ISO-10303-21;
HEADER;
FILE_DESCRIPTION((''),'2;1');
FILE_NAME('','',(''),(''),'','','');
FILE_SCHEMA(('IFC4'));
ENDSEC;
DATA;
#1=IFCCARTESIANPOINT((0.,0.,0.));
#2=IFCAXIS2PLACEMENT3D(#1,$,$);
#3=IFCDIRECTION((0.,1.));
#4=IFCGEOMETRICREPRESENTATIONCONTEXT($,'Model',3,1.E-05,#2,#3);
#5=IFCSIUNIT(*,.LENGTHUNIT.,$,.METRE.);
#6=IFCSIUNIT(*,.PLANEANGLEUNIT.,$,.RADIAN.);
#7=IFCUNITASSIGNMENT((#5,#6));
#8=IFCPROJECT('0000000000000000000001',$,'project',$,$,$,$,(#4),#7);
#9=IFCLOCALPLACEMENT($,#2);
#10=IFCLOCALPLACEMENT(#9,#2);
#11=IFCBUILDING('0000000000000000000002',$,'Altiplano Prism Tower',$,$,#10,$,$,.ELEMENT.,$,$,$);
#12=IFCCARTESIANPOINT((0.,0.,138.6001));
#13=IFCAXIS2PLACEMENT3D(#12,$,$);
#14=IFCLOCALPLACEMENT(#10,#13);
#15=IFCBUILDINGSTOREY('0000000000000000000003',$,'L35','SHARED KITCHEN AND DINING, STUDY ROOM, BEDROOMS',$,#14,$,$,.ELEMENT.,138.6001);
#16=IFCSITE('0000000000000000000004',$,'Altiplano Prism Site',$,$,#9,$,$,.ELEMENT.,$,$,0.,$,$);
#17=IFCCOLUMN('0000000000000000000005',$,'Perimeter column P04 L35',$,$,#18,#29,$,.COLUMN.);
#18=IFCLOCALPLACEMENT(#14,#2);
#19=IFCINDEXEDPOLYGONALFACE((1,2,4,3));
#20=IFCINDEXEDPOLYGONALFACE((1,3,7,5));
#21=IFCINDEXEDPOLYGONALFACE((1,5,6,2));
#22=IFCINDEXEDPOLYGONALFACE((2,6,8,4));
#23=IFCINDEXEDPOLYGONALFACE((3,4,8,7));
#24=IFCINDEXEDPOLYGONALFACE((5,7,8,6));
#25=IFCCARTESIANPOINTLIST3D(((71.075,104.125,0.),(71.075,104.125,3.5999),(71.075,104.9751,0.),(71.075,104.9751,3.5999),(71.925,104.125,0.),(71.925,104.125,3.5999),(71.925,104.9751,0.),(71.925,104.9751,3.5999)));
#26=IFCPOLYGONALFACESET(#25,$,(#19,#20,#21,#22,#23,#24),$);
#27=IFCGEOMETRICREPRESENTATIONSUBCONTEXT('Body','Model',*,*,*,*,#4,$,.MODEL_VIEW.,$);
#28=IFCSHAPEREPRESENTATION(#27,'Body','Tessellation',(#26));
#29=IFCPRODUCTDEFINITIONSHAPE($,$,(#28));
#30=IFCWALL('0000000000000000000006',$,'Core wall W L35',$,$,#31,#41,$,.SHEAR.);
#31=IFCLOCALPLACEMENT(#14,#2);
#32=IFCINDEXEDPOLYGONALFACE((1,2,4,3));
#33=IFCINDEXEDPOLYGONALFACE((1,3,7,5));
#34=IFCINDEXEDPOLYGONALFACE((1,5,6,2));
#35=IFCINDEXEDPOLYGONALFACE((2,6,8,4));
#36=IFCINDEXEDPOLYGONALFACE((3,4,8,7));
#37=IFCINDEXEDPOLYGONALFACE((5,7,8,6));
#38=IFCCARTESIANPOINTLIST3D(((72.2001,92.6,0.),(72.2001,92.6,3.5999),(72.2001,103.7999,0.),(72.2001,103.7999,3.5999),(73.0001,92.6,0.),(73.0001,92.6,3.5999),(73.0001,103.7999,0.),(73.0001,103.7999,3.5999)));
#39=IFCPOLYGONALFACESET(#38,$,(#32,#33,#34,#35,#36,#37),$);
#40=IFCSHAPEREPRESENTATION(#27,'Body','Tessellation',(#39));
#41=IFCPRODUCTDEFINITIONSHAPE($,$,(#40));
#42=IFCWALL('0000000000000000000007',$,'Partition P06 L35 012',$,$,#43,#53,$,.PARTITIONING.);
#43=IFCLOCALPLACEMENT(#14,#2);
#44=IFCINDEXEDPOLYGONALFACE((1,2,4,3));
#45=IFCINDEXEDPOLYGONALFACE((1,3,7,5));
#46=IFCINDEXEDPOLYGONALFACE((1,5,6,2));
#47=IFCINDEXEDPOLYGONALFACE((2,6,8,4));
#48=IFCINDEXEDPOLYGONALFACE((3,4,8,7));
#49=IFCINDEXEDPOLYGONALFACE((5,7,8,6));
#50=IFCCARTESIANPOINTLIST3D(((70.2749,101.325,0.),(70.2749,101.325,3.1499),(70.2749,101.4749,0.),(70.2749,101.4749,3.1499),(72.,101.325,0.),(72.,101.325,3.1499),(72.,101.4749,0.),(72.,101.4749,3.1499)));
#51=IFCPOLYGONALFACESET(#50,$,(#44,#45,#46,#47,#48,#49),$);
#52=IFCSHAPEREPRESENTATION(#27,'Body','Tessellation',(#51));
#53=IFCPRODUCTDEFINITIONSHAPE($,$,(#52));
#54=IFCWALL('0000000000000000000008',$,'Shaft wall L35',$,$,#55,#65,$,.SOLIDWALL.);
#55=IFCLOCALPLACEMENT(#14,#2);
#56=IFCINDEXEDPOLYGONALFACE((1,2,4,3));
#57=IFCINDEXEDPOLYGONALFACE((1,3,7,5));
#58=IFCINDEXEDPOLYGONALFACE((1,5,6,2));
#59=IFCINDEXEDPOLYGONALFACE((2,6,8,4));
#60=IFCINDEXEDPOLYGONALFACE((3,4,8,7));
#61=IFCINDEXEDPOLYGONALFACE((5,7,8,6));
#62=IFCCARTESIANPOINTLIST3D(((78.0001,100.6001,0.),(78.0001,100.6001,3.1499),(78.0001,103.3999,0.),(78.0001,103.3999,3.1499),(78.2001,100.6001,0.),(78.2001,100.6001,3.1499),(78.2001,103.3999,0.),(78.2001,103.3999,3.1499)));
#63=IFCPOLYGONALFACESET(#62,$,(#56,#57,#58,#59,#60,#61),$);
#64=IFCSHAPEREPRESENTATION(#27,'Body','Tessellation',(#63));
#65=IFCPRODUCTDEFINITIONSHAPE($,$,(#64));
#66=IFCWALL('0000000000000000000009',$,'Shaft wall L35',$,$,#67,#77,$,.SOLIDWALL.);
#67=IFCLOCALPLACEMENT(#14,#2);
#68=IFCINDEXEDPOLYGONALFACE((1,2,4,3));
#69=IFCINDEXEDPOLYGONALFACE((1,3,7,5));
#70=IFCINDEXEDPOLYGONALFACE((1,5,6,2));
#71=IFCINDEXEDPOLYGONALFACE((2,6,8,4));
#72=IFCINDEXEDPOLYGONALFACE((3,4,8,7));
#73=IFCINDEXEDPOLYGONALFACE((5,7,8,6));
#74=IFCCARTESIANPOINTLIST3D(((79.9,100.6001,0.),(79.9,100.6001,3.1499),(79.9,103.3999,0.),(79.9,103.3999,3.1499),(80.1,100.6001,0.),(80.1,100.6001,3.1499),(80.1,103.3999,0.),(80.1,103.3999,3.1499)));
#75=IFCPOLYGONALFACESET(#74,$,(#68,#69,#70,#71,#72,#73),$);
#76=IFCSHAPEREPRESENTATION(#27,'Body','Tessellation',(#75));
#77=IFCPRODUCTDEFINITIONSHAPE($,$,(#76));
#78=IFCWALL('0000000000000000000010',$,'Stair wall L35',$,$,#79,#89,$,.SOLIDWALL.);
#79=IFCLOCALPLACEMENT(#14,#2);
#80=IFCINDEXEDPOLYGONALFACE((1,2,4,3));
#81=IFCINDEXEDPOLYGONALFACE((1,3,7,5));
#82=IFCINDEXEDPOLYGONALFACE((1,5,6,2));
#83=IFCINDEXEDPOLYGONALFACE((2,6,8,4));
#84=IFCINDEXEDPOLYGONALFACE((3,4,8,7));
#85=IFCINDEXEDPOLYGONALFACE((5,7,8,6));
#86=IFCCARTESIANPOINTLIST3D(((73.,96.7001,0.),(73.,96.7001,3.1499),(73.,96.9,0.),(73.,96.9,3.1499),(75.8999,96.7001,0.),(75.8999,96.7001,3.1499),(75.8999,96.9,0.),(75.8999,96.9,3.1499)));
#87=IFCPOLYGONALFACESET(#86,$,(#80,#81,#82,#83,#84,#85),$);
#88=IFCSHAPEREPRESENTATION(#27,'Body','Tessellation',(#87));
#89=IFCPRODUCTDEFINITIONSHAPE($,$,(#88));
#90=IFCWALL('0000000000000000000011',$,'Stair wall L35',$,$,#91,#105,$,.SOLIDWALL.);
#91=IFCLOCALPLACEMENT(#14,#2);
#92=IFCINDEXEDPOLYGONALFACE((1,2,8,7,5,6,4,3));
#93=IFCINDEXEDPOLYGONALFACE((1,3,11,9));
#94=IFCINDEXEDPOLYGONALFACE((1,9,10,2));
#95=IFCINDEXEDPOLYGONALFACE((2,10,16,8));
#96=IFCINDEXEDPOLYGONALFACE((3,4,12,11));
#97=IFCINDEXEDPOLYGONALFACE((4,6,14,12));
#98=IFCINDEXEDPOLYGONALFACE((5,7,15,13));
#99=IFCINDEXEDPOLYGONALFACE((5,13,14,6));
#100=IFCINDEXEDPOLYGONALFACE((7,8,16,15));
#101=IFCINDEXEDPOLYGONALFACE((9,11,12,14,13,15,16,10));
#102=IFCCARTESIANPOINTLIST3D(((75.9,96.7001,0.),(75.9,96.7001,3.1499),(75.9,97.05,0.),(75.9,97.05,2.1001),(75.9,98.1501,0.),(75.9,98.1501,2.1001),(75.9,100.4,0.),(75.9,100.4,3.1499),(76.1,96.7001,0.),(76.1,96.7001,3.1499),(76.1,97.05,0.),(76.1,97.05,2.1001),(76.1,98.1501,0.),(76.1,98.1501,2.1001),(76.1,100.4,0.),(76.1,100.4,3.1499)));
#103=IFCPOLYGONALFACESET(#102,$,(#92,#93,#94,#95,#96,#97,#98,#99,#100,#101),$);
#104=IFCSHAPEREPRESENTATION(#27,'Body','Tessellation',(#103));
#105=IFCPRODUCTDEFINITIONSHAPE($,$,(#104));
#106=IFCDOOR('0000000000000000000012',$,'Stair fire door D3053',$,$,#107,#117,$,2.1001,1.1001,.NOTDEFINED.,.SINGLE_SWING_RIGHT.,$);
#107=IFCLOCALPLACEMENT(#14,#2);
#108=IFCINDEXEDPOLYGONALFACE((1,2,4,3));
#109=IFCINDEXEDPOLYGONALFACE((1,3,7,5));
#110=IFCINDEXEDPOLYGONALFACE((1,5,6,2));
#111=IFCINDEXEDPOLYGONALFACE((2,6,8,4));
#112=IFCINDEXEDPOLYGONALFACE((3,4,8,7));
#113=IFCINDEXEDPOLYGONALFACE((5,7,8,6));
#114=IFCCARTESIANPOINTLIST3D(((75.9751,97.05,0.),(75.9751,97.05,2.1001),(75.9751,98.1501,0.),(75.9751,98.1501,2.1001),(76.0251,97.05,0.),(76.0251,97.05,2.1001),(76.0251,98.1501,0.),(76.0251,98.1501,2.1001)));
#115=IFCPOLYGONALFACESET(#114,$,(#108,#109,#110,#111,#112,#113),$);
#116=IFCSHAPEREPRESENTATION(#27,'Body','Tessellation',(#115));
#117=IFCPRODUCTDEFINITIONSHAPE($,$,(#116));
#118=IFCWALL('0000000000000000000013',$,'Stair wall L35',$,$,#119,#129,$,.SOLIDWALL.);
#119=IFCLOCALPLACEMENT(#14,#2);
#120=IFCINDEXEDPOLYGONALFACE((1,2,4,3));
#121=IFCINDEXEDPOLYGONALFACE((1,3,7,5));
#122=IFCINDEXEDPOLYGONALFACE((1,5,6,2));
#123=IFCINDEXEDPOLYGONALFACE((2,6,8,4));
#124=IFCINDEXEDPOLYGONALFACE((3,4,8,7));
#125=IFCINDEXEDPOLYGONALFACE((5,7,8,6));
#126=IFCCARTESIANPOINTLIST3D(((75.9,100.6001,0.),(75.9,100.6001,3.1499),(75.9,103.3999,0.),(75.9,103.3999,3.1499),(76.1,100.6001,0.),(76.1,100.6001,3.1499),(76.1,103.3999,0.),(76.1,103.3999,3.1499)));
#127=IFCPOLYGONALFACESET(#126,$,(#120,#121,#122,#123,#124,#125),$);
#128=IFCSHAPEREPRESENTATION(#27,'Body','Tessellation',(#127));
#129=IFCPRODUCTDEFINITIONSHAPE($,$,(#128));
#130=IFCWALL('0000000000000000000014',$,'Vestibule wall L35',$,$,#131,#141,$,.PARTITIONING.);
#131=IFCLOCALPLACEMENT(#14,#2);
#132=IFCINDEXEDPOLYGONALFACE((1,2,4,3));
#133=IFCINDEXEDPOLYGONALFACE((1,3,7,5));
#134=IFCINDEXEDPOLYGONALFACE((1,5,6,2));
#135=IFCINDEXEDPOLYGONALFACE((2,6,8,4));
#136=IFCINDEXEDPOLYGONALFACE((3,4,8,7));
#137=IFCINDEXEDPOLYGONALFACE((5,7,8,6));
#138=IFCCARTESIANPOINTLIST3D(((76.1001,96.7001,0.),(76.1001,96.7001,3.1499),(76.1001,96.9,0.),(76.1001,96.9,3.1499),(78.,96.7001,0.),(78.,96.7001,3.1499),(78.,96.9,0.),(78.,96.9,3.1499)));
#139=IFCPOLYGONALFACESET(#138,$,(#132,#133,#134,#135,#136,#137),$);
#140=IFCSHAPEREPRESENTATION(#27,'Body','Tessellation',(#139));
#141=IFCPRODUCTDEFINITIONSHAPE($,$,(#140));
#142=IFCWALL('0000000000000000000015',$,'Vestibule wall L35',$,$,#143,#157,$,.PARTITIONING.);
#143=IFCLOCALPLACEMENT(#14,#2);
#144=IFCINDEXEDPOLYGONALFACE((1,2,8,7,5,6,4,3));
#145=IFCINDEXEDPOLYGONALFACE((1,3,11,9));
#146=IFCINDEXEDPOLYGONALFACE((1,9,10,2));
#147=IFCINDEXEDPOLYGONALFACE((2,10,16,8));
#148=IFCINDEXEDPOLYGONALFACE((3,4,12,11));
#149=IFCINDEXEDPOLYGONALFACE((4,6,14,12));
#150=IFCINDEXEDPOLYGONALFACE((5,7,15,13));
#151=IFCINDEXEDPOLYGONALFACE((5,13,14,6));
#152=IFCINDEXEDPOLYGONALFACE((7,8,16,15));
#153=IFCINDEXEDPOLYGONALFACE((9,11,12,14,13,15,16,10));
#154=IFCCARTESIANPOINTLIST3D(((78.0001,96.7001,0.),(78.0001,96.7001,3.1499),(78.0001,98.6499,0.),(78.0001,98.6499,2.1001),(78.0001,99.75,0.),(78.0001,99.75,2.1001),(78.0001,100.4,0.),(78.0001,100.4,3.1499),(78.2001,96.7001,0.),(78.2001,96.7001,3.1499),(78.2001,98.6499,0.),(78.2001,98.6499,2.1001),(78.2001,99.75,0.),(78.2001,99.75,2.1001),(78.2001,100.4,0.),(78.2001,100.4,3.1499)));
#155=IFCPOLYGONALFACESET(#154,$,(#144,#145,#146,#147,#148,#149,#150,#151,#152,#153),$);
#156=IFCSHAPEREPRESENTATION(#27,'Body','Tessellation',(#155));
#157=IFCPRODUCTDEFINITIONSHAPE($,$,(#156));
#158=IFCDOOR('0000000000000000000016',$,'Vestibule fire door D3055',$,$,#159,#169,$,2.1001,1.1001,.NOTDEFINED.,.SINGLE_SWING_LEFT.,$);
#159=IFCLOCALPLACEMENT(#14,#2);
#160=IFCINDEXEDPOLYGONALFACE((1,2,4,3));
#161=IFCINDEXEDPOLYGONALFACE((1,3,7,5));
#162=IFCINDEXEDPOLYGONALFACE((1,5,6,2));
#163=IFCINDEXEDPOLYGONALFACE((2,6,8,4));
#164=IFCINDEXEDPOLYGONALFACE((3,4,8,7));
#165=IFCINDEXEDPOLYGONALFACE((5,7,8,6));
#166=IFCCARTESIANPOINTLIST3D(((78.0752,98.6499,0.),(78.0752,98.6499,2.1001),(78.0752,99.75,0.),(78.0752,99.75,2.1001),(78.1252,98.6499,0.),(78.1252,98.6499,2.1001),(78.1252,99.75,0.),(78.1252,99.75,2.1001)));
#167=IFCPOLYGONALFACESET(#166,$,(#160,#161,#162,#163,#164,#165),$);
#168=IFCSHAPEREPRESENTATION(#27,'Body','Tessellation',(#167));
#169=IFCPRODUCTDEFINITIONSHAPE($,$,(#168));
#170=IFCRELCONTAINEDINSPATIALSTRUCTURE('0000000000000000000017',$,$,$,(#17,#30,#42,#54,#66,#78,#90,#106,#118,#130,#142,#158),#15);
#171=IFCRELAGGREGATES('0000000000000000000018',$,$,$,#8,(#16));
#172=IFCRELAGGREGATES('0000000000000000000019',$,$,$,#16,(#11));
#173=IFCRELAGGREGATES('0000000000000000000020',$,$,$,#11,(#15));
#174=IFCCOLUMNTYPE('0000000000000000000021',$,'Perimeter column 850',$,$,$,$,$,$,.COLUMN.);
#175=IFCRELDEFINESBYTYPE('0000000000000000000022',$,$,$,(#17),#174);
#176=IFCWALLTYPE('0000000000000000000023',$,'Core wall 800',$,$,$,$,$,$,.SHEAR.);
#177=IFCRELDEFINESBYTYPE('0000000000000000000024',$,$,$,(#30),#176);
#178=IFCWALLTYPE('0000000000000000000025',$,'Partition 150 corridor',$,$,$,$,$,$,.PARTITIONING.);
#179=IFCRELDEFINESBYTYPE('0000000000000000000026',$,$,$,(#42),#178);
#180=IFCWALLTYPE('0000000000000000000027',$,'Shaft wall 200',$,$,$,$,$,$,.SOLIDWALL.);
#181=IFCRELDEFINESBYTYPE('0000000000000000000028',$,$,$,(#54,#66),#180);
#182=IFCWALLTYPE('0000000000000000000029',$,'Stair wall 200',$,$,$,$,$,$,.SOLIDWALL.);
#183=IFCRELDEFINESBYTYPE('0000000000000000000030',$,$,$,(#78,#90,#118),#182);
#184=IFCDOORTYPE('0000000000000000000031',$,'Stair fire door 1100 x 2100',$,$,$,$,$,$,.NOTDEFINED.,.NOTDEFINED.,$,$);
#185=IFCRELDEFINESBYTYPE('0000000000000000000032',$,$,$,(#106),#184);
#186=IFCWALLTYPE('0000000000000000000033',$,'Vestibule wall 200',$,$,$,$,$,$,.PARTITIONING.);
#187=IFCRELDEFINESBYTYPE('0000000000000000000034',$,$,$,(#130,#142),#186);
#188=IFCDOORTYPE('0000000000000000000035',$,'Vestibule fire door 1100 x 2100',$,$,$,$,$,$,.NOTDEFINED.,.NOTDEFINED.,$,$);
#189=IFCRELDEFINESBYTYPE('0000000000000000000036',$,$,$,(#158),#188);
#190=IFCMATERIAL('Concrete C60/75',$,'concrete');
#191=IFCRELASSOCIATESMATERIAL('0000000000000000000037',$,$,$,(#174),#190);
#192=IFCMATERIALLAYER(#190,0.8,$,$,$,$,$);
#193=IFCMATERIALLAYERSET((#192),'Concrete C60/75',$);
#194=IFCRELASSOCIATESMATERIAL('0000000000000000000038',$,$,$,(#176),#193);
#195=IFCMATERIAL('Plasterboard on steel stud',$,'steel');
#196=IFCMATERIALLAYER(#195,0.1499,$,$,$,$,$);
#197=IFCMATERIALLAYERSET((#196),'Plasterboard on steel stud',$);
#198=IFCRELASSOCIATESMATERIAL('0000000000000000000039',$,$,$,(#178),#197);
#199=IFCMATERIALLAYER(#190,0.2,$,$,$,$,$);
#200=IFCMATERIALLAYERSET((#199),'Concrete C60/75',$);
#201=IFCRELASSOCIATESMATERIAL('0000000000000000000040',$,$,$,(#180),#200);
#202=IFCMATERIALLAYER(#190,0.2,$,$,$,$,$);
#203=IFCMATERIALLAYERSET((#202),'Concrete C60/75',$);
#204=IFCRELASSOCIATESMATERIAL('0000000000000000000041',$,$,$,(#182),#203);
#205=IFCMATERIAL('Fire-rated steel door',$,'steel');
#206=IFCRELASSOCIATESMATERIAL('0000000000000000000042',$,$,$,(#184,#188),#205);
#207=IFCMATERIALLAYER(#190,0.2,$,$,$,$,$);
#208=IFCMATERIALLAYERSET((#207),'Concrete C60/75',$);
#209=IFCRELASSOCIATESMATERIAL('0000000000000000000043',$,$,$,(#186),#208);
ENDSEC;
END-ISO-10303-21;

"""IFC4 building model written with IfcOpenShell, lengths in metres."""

from ifc_helpers import new_model, si_unit, direction, frame, frame_2d, origin, origin_2d, place, context, subcontext, project, spatial, rectangle, extrude, material, layer, layer_set, material_profile, profile_set, type_object, element, fill, save


model = new_model("IFC4")

# Units and contexts
model_context = context("Model", 3, precision=1e-05, world=origin(), true_north=direction((0.0, 1.0)))
body_context = subcontext(model_context, "Body", "Model", "MODEL_VIEW")
ifc_project = project(units=[si_unit("LENGTHUNIT", "METRE"), si_unit("PLANEANGLEUNIT", "RADIAN")], contexts=[model_context])

# Site, building, storey
site_placement = place(None, origin())
site = spatial("IfcSite", under=ifc_project, at=site_placement, Name="Altiplano Prism Site", CompositionType="ELEMENT", RefElevation=0.0)
building_placement = place(site_placement, origin())
building = spatial("IfcBuilding", under=site, at=building_placement, Name="Altiplano Prism Tower", CompositionType="ELEMENT")
storey_placement = place(building_placement, frame((0.0, 0.0, 138.6001)))
storey = spatial("IfcBuildingStorey", under=building, at=storey_placement, Name="L35", Description="SHARED KITCHEN AND DINING, STUDY ROOM, BEDROOMS", CompositionType="ELEMENT", Elevation=138.6001)

# Column
ifc_material_1 = material(Name="Concrete C60/75", Category="concrete")
ifc_material_profile = material_profile(ifc_material_1, rectangle(XDim=0.8501, YDim=0.8501, at=origin_2d()), Name="Perimeter column 850")
ifc_profile_set = profile_set([ifc_material_profile], Name="Concrete C60/75")
column_type = type_object("IfcColumnType", Name="Perimeter column 850", PredefinedType="COLUMN", material=ifc_profile_set)
column_placement = place(storey_placement, frame((71.5, 104.55, 0.0), z_axis=(0.0, 0.0, 1.0), x_axis=(1.0, 0.0, 0.0)))
element("IfcColumn", 1, at=column_placement, inside=storey, type_object=column_type, Name="Perimeter column P04 L35", PredefinedType="COLUMN", context=body_context, shape_type="SweptSolid", body=[
    extrude(rectangle(XDim=0.8501, YDim=0.8501, at=origin_2d()), origin(), (0.0, 0.0, 1.0), 3.5999),
])

# Walls
ifc_layer_1 = layer(ifc_material_1, 0.8)
ifc_layer_set_1 = layer_set([ifc_layer_1], Name="Concrete C60/75")
wall_type_1 = type_object("IfcWallType", Name="Core wall 800", PredefinedType="SHEAR", material=ifc_layer_set_1)
wall_1_placement = place(storey_placement, frame((72.6001, 103.8, 0.0), z_axis=(0.0, 0.0, 1.0), x_axis=(0.0, -1.0, 0.0)))
element("IfcWall", 2, at=wall_1_placement, inside=storey, type_object=wall_type_1, Name="Core wall W L35", PredefinedType="SHEAR", context=body_context, shape_type="SweptSolid", body=[
    extrude(rectangle(XDim=11.2, YDim=0.8, at=frame_2d((5.6001, 0.0))), origin(), (0.0, 0.0, 1.0), 3.5999),
])
ifc_material_2 = material(Name="Plasterboard on steel stud", Category="steel")
ifc_layer_2 = layer(ifc_material_2, 0.1499)
ifc_layer_set_2 = layer_set([ifc_layer_2], Name="Plasterboard on steel stud")
wall_type_2 = type_object("IfcWallType", Name="Partition 150 corridor", PredefinedType="PARTITIONING", material=ifc_layer_set_2)
wall_2_placement = place(storey_placement, frame((72.0, 101.3999, 0.0), z_axis=(0.0, 0.0, 1.0), x_axis=(-1.0, 0.0, 0.0)))
element("IfcWall", 3, at=wall_2_placement, inside=storey, type_object=wall_type_2, Name="Partition P06 L35 012", PredefinedType="PARTITIONING", context=body_context, shape_type="SweptSolid", body=[
    extrude(rectangle(XDim=1.7251, YDim=0.1499, at=frame_2d((0.8625, 0.0))), origin(), (0.0, 0.0, 1.0), 3.1499),
])
ifc_layer_3 = layer(ifc_material_1, 0.2)
ifc_layer_set_3 = layer_set([ifc_layer_3], Name="Concrete C60/75")
wall_type_3 = type_object("IfcWallType", Name="Shaft wall 200", PredefinedType="SOLIDWALL", material=ifc_layer_set_3)
for number, where, z_axis, x_axis, name in (
    (4, (78.1001, 100.6001, 0.0), (0.0, 0.0, 1.0), (0.0, 1.0, 0.0), "Shaft wall L35"),
    (5, (80.0, 100.6001, 0.0), (0.0, 0.0, 1.0), (0.0, 1.0, 0.0), "Shaft wall L35"),
):
    element("IfcWall", number, at=place(storey_placement, frame(where, z_axis=z_axis, x_axis=x_axis)), inside=storey, type_object=wall_type_3, Name=name, PredefinedType="SOLIDWALL", context=body_context, shape_type="SweptSolid", body=[
        extrude(rectangle(XDim=2.7998, YDim=0.2, at=frame_2d((1.3999, 0.0))), origin(), (0.0, 0.0, 1.0), 3.1499),
    ])
ifc_layer_4 = layer(ifc_material_1, 0.2)
ifc_layer_set_4 = layer_set([ifc_layer_4], Name="Concrete C60/75")
wall_type_4 = type_object("IfcWallType", Name="Stair wall 200", PredefinedType="SOLIDWALL", material=ifc_layer_set_4)
wall_3_placement = place(storey_placement, frame((73.0, 96.8, 0.0), z_axis=(0.0, 0.0, 1.0), x_axis=(1.0, 0.0, 0.0)))
element("IfcWall", 6, at=wall_3_placement, inside=storey, type_object=wall_type_4, Name="Stair wall L35", PredefinedType="SOLIDWALL", context=body_context, shape_type="SweptSolid", body=[
    extrude(rectangle(XDim=2.8999, YDim=0.2, at=frame_2d((1.45, 0.0))), origin(), (0.0, 0.0, 1.0), 3.1499),
])

# Wall, opening, door
wall_4_placement = place(storey_placement, frame((76.0, 96.7, 0.0), z_axis=(0.0, 0.0, 1.0), x_axis=(0.0, 1.0, 0.0)))
wall_4 = element("IfcWall", 7, at=wall_4_placement, inside=storey, type_object=wall_type_4, Name="Stair wall L35", PredefinedType="SOLIDWALL", context=body_context, shape_type="SweptSolid", body=[
    extrude(rectangle(XDim=3.7, YDim=0.2, at=frame_2d((1.8501, 0.0))), origin(), (0.0, 0.0, 1.0), 3.1499),
])
opening_1_placement = place(wall_4_placement, frame((0.3501, 0.0, 0.0)))
opening_1 = element("IfcOpeningElement", 8, at=opening_1_placement, cuts=wall_4, PredefinedType="OPENING", context=body_context, shape_type="SweptSolid", body=[
    extrude(rectangle(XDim=1.1001, YDim=2.1001, at=frame_2d((0.55, 1.05))), frame((0.0, 0.1104, 0.0), z_axis=(0.0, -1.0, 0.0), x_axis=(1.0, 0.0, 0.0)), (0.0, 0.0, 1.0), 0.2209),
])
ifc_material_3 = material(Name="Fire-rated steel door", Category="steel")
door_type_1 = type_object("IfcDoorType", Name="Stair fire door 1100 x 2100", OperationType="NOTDEFINED", PredefinedType="NOTDEFINED", material=ifc_material_3)
door_1_placement = place(opening_1_placement, origin())
door_1 = element("IfcDoor", 9, at=door_1_placement, inside=storey, type_object=door_type_1, Name="Stair fire door D3053", OperationType="SINGLE_SWING_RIGHT", OverallHeight=2.1001, OverallWidth=1.1001, PredefinedType="NOTDEFINED", context=body_context, shape_type="SweptSolid", body=[
    extrude(rectangle(XDim=1.1001, YDim=2.1001, at=frame_2d((0.55, 1.05))), frame((0.0, 0.0249, 0.0), z_axis=(0.0, -1.0, 0.0), x_axis=(1.0, 0.0, 0.0)), (0.0, 0.0, 1.0), 0.05),
])
fill(opening_1, door_1)

# Walls
wall_5_placement = place(storey_placement, frame((76.0, 100.6001, 0.0), z_axis=(0.0, 0.0, 1.0), x_axis=(0.0, 1.0, 0.0)))
element("IfcWall", 10, at=wall_5_placement, inside=storey, type_object=wall_type_4, Name="Stair wall L35", PredefinedType="SOLIDWALL", context=body_context, shape_type="SweptSolid", body=[
    extrude(rectangle(XDim=2.7998, YDim=0.2, at=frame_2d((1.3999, 0.0))), origin(), (0.0, 0.0, 1.0), 3.1499),
])
ifc_layer_5 = layer(ifc_material_1, 0.2)
ifc_layer_set_5 = layer_set([ifc_layer_5], Name="Concrete C60/75")
wall_type_5 = type_object("IfcWallType", Name="Vestibule wall 200", PredefinedType="PARTITIONING", material=ifc_layer_set_5)
wall_6_placement = place(storey_placement, frame((76.1001, 96.8, 0.0), z_axis=(0.0, 0.0, 1.0), x_axis=(1.0, 0.0, 0.0)))
element("IfcWall", 11, at=wall_6_placement, inside=storey, type_object=wall_type_5, Name="Vestibule wall L35", PredefinedType="PARTITIONING", context=body_context, shape_type="SweptSolid", body=[
    extrude(rectangle(XDim=1.8999, YDim=0.2, at=frame_2d((0.95, 0.0))), origin(), (0.0, 0.0, 1.0), 3.1499),
])

# Wall, opening, door
wall_7_placement = place(storey_placement, frame((78.1001, 96.7, 0.0), z_axis=(0.0, 0.0, 1.0), x_axis=(0.0, 1.0, 0.0)))
wall_7 = element("IfcWall", 12, at=wall_7_placement, inside=storey, type_object=wall_type_5, Name="Vestibule wall L35", PredefinedType="PARTITIONING", context=body_context, shape_type="SweptSolid", body=[
    extrude(rectangle(XDim=3.7, YDim=0.2, at=frame_2d((1.8501, 0.0))), origin(), (0.0, 0.0, 1.0), 3.1499),
])
opening_2_placement = place(wall_7_placement, frame((1.95, 0.0, 0.0)))
opening_2 = element("IfcOpeningElement", 13, at=opening_2_placement, cuts=wall_7, PredefinedType="OPENING", context=body_context, shape_type="SweptSolid", body=[
    extrude(rectangle(XDim=1.1001, YDim=2.1001, at=frame_2d((0.55, 1.05))), frame((0.0, 0.1104, 0.0), z_axis=(0.0, -1.0, 0.0), x_axis=(1.0, 0.0, 0.0)), (0.0, 0.0, 1.0), 0.2209),
])
door_type_2 = type_object("IfcDoorType", Name="Vestibule fire door 1100 x 2100", OperationType="NOTDEFINED", PredefinedType="NOTDEFINED", material=ifc_material_3)
door_2_placement = place(opening_2_placement, origin())
door_2 = element("IfcDoor", 14, at=door_2_placement, inside=storey, type_object=door_type_2, Name="Vestibule fire door D3055", OperationType="SINGLE_SWING_LEFT", OverallHeight=2.1001, OverallWidth=1.1001, PredefinedType="NOTDEFINED", context=body_context, shape_type="SweptSolid", body=[
    extrude(rectangle(XDim=1.1001, YDim=2.1001, at=frame_2d((0.55, 1.05))), frame((0.0, 0.0249, 0.0), z_axis=(0.0, -1.0, 0.0), x_axis=(1.0, 0.0, 0.0)), (0.0, 0.0, 1.0), 0.05),
])
fill(opening_2, door_2)

save(model, "model.ifc")
